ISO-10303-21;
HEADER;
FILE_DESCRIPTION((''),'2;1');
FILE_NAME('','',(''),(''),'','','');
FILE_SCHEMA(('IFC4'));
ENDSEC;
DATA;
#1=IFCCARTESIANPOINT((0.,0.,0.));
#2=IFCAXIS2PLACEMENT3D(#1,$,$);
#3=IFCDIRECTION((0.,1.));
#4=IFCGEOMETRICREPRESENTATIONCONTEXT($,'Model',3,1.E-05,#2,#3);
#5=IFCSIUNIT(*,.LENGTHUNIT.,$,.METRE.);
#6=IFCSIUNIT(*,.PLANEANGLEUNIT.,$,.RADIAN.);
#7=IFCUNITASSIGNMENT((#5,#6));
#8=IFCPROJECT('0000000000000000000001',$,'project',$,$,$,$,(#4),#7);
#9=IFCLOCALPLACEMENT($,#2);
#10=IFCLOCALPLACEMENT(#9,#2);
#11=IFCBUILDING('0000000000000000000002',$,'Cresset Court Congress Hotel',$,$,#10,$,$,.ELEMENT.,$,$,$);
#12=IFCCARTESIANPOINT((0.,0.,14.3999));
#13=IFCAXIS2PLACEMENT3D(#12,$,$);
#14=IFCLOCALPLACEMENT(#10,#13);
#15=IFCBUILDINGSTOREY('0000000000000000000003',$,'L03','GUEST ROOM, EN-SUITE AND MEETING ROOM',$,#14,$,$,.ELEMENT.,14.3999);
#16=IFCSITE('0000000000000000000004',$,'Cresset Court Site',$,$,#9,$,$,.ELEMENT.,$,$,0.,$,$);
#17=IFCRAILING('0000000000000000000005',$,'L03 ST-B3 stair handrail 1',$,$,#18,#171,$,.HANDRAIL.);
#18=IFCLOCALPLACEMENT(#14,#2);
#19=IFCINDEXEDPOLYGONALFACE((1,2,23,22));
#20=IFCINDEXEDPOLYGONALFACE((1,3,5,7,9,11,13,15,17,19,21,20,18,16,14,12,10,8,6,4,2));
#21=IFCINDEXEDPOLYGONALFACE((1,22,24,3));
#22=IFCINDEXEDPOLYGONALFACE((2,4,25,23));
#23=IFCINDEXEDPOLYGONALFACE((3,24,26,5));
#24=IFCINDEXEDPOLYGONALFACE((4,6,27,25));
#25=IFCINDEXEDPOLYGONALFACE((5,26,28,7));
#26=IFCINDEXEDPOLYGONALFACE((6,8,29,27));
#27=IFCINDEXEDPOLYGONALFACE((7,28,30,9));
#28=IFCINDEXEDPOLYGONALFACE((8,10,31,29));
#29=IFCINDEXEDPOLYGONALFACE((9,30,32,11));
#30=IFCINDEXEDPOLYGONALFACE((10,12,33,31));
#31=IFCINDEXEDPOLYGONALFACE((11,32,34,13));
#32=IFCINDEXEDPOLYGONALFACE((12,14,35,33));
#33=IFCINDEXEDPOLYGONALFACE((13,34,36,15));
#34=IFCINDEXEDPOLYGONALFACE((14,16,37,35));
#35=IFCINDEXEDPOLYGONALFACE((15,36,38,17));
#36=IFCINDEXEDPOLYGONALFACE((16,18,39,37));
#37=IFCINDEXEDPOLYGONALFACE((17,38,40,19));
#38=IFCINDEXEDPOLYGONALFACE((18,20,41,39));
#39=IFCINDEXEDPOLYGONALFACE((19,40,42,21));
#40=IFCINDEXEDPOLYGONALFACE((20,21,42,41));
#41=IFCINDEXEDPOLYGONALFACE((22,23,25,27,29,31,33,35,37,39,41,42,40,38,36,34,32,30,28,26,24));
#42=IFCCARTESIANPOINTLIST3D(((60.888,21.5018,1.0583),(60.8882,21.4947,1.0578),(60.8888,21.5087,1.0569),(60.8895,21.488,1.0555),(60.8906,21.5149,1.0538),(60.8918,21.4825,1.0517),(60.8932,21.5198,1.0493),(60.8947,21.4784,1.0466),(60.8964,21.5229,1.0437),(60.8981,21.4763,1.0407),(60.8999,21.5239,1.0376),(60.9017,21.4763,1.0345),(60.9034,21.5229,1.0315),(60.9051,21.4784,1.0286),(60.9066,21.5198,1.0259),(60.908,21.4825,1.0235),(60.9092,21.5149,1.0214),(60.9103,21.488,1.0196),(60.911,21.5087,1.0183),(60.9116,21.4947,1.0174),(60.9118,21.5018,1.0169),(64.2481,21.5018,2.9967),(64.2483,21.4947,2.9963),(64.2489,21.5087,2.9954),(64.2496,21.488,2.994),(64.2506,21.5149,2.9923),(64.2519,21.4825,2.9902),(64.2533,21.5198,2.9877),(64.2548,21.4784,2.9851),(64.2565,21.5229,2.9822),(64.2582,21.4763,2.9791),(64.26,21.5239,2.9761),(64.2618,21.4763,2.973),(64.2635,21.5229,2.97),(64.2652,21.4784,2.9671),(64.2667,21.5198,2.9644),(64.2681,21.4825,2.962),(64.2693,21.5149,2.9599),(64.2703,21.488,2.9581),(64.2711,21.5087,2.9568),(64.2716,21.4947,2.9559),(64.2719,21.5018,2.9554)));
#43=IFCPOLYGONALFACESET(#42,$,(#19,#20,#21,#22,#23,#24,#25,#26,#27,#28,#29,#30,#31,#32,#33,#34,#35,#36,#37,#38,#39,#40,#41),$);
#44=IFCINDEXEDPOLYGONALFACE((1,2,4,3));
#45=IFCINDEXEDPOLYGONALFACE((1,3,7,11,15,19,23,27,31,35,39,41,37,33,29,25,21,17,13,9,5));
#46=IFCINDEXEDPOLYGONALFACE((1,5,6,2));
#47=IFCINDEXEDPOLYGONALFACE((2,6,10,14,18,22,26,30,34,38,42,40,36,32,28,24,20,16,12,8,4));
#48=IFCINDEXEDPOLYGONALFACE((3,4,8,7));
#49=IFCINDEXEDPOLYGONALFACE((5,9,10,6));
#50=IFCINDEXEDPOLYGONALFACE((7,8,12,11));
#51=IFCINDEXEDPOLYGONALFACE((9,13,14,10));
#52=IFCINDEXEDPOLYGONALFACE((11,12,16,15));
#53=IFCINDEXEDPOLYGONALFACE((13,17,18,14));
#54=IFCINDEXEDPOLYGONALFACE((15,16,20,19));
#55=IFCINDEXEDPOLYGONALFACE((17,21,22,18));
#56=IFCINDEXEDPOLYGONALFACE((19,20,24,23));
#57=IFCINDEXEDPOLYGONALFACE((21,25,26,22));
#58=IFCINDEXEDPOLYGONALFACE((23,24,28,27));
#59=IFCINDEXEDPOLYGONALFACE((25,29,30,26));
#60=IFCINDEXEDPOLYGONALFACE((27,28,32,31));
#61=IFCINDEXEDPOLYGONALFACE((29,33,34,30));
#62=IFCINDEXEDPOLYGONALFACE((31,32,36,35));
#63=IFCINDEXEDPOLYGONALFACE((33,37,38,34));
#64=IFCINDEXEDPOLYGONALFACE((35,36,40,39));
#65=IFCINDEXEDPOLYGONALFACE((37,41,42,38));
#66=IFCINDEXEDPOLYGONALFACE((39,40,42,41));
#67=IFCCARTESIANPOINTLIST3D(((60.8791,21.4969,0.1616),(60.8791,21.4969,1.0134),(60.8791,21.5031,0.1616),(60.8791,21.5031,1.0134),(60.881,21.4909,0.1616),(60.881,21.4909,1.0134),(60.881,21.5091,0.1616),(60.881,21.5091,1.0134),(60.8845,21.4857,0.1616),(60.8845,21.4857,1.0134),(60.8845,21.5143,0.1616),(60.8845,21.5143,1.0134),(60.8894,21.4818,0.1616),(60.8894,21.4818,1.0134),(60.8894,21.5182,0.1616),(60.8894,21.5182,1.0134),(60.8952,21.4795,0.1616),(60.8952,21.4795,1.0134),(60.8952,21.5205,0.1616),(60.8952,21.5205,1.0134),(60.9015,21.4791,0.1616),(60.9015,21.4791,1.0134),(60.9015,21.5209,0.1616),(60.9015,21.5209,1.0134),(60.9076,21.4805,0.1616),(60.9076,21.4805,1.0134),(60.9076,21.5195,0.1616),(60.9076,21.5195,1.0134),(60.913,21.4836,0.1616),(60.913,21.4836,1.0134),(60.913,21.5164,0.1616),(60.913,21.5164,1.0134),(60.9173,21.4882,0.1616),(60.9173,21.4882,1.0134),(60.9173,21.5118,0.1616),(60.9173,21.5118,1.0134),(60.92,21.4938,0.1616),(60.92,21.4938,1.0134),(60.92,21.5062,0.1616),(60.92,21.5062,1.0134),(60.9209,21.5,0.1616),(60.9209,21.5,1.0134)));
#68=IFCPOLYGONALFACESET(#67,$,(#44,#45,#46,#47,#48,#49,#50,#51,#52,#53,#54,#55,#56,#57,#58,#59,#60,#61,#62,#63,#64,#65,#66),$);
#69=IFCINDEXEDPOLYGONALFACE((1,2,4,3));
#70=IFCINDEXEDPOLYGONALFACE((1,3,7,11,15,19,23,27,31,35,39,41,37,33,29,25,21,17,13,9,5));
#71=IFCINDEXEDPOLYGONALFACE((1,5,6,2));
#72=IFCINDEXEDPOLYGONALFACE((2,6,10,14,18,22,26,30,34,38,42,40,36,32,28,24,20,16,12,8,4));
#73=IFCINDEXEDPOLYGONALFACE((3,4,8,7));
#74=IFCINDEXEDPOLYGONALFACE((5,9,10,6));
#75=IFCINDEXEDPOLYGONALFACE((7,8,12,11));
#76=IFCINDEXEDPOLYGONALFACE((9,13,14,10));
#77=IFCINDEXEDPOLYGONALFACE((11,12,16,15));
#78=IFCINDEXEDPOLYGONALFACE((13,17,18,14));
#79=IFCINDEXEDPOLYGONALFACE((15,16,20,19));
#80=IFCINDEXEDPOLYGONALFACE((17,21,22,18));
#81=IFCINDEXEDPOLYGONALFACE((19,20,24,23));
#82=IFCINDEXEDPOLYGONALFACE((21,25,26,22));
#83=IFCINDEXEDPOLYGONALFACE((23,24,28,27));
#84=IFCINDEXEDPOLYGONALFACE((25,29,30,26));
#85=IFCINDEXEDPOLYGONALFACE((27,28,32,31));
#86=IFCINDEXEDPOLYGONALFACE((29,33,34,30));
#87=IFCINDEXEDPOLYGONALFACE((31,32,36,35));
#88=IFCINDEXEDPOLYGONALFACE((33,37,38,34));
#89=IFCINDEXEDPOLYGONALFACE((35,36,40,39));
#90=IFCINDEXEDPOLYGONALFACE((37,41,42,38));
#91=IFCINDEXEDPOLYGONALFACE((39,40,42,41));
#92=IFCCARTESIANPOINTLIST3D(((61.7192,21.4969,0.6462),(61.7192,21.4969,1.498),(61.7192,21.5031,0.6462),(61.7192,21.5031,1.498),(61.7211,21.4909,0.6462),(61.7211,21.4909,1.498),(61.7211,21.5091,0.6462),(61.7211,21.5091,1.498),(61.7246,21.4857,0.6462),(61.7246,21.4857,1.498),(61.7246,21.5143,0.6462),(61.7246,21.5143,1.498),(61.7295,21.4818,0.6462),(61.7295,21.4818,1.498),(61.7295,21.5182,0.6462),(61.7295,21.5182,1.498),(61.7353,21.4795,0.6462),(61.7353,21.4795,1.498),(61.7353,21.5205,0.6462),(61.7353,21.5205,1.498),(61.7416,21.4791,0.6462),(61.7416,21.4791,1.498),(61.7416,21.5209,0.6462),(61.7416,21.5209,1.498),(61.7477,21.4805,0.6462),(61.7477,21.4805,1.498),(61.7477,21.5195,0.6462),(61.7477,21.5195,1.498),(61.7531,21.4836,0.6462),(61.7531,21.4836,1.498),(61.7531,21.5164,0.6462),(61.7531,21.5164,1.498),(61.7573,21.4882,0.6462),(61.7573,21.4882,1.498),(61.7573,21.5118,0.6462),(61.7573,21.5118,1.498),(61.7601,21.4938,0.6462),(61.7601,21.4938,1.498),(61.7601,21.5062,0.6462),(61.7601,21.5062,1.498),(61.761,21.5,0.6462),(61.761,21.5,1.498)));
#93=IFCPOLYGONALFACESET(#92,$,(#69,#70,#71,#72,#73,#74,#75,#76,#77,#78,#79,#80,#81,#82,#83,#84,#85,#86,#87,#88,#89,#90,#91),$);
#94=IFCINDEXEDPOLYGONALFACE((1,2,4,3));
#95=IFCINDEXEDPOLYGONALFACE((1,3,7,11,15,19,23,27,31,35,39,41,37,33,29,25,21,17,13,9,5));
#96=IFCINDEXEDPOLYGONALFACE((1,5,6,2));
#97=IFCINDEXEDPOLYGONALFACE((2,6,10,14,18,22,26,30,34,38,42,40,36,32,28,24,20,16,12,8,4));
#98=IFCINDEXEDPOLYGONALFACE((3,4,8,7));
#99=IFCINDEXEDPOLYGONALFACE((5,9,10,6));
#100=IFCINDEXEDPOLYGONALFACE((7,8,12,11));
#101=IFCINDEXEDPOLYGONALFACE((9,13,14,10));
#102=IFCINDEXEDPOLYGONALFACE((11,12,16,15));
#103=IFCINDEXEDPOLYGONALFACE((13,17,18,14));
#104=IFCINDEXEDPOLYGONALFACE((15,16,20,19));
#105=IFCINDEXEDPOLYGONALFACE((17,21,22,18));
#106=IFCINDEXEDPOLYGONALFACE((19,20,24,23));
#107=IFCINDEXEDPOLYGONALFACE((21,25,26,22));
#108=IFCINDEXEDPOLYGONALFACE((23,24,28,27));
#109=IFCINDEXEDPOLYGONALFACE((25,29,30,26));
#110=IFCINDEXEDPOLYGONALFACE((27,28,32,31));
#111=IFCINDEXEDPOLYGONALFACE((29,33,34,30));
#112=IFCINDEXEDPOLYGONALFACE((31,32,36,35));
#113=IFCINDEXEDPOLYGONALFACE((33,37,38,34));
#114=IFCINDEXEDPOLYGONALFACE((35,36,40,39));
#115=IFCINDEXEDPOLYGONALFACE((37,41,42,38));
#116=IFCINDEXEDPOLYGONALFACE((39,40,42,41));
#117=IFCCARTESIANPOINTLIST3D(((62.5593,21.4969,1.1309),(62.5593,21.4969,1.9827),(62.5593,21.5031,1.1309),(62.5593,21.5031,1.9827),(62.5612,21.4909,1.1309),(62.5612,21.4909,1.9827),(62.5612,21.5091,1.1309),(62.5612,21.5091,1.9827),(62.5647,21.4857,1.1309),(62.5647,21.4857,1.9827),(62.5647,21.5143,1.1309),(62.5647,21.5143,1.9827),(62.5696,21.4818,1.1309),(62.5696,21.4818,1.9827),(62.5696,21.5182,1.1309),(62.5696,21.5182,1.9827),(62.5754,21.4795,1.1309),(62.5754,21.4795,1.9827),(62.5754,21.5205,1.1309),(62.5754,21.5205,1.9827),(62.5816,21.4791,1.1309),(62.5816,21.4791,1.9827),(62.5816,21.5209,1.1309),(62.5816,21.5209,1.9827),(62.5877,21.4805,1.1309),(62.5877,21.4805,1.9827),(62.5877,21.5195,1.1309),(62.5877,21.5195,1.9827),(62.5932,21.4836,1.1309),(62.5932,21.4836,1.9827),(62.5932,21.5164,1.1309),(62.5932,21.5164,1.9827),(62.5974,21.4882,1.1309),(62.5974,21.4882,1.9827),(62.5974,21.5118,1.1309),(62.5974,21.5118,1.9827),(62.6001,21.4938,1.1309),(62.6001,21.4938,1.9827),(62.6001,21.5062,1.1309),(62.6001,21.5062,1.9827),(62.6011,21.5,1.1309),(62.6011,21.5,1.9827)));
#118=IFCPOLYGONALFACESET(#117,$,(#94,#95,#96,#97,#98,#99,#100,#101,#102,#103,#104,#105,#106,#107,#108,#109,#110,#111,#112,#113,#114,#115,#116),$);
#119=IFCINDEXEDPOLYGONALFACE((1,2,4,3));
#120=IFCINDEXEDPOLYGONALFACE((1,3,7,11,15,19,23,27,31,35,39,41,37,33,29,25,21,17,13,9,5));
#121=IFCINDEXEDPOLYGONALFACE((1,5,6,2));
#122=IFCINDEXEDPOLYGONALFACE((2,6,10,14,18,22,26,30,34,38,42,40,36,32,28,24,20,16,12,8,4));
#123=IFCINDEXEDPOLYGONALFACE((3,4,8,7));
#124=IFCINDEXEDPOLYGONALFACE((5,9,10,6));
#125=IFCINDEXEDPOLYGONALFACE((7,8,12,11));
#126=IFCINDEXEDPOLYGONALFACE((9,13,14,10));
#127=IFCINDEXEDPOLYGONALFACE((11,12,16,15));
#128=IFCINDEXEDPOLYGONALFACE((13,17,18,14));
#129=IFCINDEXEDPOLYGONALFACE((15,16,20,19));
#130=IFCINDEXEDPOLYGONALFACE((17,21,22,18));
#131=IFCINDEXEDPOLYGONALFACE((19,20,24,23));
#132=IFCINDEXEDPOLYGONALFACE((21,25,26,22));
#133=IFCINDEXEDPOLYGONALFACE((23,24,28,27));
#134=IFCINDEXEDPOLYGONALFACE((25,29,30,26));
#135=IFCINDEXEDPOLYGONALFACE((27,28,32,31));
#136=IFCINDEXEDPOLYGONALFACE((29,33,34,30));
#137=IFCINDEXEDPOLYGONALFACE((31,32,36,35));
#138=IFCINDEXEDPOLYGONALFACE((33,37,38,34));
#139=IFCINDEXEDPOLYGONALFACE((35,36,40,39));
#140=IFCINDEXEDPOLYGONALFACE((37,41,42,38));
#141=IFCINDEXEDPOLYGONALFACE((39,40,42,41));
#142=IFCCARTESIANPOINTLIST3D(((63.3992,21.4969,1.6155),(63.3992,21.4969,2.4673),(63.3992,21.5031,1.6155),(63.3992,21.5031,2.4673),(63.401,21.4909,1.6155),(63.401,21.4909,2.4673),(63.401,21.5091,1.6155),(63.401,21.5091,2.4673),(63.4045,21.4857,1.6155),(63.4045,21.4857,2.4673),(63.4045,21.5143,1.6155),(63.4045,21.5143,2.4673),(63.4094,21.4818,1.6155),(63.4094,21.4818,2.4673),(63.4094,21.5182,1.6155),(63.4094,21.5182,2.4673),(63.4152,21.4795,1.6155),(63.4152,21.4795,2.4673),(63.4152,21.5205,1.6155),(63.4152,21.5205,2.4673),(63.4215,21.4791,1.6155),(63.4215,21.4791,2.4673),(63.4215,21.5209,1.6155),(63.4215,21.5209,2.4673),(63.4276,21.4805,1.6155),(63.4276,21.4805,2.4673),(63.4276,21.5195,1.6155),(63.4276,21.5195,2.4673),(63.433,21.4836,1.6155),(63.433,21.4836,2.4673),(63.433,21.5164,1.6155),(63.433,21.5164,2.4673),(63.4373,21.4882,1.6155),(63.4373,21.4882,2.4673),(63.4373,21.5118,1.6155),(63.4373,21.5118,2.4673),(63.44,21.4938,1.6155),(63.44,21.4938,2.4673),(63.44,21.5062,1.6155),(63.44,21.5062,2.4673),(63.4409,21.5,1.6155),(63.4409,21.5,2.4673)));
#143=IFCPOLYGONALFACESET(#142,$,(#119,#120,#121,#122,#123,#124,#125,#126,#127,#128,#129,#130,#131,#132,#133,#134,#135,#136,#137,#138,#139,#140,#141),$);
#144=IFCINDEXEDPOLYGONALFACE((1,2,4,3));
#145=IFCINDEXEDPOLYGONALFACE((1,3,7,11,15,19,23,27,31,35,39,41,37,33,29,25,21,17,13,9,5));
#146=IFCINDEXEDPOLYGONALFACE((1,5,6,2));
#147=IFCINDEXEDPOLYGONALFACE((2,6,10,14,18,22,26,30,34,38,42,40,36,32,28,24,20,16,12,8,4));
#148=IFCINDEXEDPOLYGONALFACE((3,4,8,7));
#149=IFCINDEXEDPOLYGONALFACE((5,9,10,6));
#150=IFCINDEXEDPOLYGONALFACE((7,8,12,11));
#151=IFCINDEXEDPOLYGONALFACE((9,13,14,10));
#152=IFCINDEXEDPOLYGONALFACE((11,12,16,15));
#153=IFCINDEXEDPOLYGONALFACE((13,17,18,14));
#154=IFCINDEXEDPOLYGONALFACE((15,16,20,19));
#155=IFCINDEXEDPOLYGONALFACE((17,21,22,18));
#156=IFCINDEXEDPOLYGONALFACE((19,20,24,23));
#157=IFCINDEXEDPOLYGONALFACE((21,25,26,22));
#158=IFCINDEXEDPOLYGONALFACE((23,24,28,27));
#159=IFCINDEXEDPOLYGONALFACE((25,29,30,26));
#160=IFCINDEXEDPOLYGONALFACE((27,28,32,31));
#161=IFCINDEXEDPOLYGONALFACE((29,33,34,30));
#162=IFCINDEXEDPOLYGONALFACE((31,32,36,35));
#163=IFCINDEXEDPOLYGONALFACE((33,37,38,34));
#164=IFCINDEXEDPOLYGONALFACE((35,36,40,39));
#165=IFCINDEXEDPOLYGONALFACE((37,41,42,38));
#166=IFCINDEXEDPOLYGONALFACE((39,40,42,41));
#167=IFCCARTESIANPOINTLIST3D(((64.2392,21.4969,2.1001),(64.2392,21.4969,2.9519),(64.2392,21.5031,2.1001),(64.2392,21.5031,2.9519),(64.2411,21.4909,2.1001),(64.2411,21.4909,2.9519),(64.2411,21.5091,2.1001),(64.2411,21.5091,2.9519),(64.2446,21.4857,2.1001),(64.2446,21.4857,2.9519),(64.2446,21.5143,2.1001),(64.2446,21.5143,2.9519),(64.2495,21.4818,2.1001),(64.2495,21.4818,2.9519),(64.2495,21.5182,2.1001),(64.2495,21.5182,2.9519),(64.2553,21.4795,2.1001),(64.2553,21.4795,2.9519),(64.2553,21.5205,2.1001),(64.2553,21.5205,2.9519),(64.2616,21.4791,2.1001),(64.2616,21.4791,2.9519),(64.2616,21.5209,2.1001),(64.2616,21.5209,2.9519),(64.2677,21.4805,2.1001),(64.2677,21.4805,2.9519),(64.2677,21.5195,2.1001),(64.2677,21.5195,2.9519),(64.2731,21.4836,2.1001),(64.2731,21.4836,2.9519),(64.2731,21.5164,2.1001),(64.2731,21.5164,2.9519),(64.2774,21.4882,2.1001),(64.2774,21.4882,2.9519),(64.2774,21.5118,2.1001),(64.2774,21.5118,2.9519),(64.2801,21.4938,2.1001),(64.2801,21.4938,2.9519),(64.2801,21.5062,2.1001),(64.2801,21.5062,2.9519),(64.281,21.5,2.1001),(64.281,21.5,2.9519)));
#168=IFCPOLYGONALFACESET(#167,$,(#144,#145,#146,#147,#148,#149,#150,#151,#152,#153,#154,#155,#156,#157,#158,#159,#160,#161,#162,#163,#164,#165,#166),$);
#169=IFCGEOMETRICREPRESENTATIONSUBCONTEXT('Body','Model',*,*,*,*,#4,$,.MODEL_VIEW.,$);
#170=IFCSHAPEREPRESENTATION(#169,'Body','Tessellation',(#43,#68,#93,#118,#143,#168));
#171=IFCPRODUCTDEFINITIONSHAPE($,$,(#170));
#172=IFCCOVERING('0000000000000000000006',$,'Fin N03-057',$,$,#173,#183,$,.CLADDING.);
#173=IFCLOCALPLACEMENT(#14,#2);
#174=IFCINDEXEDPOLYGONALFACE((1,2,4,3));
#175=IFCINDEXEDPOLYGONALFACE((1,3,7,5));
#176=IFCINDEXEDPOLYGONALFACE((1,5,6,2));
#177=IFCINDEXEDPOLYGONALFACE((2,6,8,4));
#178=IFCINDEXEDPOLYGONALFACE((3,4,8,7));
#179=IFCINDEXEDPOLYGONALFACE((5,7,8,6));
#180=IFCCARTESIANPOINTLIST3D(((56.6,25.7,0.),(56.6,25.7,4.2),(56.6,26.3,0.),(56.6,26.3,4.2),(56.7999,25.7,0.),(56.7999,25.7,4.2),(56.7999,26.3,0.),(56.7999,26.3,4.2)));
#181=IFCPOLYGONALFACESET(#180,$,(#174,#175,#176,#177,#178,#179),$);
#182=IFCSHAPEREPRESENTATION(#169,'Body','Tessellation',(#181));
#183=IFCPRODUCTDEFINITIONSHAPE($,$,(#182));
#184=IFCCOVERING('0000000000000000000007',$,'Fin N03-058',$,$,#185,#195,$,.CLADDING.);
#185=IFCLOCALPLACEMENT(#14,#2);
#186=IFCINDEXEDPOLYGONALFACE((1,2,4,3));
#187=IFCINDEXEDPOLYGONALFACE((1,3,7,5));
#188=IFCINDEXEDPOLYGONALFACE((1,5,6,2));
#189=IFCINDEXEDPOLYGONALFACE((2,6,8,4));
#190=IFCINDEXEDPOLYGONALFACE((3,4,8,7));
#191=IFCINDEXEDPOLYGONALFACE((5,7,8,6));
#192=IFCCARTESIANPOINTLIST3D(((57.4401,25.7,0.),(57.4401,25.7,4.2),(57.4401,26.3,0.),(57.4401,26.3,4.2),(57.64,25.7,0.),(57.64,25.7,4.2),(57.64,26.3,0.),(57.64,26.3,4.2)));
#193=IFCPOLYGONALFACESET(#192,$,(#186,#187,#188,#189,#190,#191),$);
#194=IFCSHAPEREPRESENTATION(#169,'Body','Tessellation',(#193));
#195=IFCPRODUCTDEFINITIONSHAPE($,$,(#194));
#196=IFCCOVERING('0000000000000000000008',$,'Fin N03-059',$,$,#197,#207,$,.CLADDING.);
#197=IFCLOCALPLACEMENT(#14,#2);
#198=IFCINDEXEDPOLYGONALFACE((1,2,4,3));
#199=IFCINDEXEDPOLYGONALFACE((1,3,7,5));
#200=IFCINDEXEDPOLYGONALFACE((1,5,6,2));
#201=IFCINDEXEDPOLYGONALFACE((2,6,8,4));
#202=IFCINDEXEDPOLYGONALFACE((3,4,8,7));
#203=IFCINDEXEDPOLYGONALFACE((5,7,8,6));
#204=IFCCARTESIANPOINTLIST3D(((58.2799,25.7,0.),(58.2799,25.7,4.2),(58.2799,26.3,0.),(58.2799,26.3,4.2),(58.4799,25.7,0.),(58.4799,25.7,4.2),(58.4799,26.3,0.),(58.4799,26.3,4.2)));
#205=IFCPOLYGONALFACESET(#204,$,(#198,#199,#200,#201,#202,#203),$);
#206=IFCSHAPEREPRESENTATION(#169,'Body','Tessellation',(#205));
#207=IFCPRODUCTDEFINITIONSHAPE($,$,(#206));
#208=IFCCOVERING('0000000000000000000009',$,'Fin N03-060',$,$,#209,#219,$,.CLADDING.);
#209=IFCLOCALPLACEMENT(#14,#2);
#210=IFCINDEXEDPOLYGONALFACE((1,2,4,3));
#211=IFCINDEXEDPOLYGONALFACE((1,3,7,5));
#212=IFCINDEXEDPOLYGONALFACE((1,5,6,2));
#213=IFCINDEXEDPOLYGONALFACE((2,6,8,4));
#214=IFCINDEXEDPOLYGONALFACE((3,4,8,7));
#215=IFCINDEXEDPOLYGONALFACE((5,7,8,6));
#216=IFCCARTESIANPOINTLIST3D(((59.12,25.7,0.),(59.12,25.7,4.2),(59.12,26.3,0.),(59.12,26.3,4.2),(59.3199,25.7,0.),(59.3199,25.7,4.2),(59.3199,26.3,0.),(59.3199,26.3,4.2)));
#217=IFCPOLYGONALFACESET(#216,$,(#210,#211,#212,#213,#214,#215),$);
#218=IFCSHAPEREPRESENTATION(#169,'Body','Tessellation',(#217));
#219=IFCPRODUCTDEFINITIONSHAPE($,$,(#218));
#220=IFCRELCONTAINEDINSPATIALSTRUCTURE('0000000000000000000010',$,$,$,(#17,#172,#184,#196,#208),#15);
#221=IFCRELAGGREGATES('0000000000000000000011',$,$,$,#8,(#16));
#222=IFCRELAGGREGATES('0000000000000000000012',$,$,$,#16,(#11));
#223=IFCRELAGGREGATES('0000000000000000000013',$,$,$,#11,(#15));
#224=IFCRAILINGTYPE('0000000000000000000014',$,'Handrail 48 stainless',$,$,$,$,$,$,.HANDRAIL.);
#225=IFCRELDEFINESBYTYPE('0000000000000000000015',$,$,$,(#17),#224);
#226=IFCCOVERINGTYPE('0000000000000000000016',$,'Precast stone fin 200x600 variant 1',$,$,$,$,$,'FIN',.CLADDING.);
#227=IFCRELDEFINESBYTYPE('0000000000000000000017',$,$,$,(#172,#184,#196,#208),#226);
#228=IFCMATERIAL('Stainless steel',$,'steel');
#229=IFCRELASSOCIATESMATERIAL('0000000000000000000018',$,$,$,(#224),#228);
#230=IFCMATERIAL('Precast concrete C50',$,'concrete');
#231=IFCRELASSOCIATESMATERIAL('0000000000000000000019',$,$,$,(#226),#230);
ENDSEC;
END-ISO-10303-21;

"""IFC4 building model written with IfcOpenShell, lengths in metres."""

from ifc_helpers import new_model, si_unit, direction, frame, origin, origin_2d, place, context, subcontext, project, spatial, rectangle, circle, extrude, material, type_object, element, save


model = new_model("IFC4")

# Units and contexts
model_context = context("Model", 3, precision=1e-05, world=origin(), true_north=direction((0.0, 1.0)))
body_context = subcontext(model_context, "Body", "Model", "MODEL_VIEW")
ifc_project = project(units=[si_unit("LENGTHUNIT", "METRE"), si_unit("PLANEANGLEUNIT", "RADIAN")], contexts=[model_context])

# Site, building, storey
site_placement = place(None, origin())
site = spatial("IfcSite", under=ifc_project, at=site_placement, Name="Cresset Court Site", CompositionType="ELEMENT", RefElevation=0.0)
building_placement = place(site_placement, origin())
building = spatial("IfcBuilding", under=site, at=building_placement, Name="Cresset Court Congress Hotel", CompositionType="ELEMENT")
storey_placement = place(building_placement, frame((0.0, 0.0, 14.3999)))
storey = spatial("IfcBuildingStorey", under=building, at=storey_placement, Name="L03", Description="GUEST ROOM, EN-SUITE AND MEETING ROOM", CompositionType="ELEMENT", Elevation=14.3999)

# Railing
ifc_material_1 = material(Name="Stainless steel", Category="steel")
railing_type_1 = type_object("IfcRailingType", Name="Handrail 48 stainless", PredefinedType="HANDRAIL", material=ifc_material_1)
railing_1_placement = place(storey_placement, frame((60.8999, 21.5, 0.1616)))
element("IfcRailing", 1, at=railing_1_placement, inside=storey, type_object=railing_type_1, Name="L03 ST-B3 stair handrail 1", PredefinedType="HANDRAIL", context=body_context, shape_type="SweptSolid", body=[
    extrude(circle(Radius=0.0239, at=origin_2d()), frame((0.0, 0.0, 0.876), z_axis=(0.866191, 0.0, 0.499713), x_axis=(0.0, 1.0, 0.0)), (0.0, 0.0, 1.0), 3.8792),
    extrude(circle(Radius=0.021, at=origin_2d()), origin(), (0.0, 0.0, 1.0), 0.8518),
    extrude(circle(Radius=0.021, at=origin_2d()), frame((0.8401, 0.0, 0.4846)), (0.0, 0.0, 1.0), 0.8518),
    extrude(circle(Radius=0.021, at=origin_2d()), frame((1.6802, 0.0, 0.9692)), (0.0, 0.0, 1.0), 0.8518),
    extrude(circle(Radius=0.021, at=origin_2d()), frame((2.52, 0.0, 1.4539)), (0.0, 0.0, 1.0), 0.8518),
    extrude(circle(Radius=0.021, at=origin_2d()), frame((3.3601, 0.0, 1.9385)), (0.0, 0.0, 1.0), 0.8518),
])

# Coverings
ifc_material_2 = material(Name="Precast concrete C50", Category="concrete")
covering_type_1 = type_object("IfcCoveringType", Name="Precast stone fin 200x600 variant 1", ElementType="FIN", PredefinedType="CLADDING", material=ifc_material_2)
for number, where, z_axis, x_axis, name in (
    (2, (56.7, 26.0, 0.0), (0.0, 0.0, 1.0), (1.0, 0.0, 0.0), "Fin N03-057"),
    (3, (57.54, 26.0, 0.0), (0.0, 0.0, 1.0), (1.0, 0.0, 0.0), "Fin N03-058"),
    (4, (58.3799, 26.0, 0.0), (0.0, 0.0, 1.0), (1.0, 0.0, 0.0), "Fin N03-059"),
    (5, (59.22, 26.0, 0.0), (0.0, 0.0, 1.0), (1.0, 0.0, 0.0), "Fin N03-060"),
):
    element("IfcCovering", number, at=place(storey_placement, frame(where, z_axis=z_axis, x_axis=x_axis)), inside=storey, type_object=covering_type_1, Name=name, PredefinedType="CLADDING", context=body_context, shape_type="SweptSolid", body=[
        extrude(rectangle(XDim=0.2, YDim=0.6001, at=origin_2d()), origin(), (0.0, 0.0, 1.0), 4.2),
    ])

save(model, "model.ifc")
